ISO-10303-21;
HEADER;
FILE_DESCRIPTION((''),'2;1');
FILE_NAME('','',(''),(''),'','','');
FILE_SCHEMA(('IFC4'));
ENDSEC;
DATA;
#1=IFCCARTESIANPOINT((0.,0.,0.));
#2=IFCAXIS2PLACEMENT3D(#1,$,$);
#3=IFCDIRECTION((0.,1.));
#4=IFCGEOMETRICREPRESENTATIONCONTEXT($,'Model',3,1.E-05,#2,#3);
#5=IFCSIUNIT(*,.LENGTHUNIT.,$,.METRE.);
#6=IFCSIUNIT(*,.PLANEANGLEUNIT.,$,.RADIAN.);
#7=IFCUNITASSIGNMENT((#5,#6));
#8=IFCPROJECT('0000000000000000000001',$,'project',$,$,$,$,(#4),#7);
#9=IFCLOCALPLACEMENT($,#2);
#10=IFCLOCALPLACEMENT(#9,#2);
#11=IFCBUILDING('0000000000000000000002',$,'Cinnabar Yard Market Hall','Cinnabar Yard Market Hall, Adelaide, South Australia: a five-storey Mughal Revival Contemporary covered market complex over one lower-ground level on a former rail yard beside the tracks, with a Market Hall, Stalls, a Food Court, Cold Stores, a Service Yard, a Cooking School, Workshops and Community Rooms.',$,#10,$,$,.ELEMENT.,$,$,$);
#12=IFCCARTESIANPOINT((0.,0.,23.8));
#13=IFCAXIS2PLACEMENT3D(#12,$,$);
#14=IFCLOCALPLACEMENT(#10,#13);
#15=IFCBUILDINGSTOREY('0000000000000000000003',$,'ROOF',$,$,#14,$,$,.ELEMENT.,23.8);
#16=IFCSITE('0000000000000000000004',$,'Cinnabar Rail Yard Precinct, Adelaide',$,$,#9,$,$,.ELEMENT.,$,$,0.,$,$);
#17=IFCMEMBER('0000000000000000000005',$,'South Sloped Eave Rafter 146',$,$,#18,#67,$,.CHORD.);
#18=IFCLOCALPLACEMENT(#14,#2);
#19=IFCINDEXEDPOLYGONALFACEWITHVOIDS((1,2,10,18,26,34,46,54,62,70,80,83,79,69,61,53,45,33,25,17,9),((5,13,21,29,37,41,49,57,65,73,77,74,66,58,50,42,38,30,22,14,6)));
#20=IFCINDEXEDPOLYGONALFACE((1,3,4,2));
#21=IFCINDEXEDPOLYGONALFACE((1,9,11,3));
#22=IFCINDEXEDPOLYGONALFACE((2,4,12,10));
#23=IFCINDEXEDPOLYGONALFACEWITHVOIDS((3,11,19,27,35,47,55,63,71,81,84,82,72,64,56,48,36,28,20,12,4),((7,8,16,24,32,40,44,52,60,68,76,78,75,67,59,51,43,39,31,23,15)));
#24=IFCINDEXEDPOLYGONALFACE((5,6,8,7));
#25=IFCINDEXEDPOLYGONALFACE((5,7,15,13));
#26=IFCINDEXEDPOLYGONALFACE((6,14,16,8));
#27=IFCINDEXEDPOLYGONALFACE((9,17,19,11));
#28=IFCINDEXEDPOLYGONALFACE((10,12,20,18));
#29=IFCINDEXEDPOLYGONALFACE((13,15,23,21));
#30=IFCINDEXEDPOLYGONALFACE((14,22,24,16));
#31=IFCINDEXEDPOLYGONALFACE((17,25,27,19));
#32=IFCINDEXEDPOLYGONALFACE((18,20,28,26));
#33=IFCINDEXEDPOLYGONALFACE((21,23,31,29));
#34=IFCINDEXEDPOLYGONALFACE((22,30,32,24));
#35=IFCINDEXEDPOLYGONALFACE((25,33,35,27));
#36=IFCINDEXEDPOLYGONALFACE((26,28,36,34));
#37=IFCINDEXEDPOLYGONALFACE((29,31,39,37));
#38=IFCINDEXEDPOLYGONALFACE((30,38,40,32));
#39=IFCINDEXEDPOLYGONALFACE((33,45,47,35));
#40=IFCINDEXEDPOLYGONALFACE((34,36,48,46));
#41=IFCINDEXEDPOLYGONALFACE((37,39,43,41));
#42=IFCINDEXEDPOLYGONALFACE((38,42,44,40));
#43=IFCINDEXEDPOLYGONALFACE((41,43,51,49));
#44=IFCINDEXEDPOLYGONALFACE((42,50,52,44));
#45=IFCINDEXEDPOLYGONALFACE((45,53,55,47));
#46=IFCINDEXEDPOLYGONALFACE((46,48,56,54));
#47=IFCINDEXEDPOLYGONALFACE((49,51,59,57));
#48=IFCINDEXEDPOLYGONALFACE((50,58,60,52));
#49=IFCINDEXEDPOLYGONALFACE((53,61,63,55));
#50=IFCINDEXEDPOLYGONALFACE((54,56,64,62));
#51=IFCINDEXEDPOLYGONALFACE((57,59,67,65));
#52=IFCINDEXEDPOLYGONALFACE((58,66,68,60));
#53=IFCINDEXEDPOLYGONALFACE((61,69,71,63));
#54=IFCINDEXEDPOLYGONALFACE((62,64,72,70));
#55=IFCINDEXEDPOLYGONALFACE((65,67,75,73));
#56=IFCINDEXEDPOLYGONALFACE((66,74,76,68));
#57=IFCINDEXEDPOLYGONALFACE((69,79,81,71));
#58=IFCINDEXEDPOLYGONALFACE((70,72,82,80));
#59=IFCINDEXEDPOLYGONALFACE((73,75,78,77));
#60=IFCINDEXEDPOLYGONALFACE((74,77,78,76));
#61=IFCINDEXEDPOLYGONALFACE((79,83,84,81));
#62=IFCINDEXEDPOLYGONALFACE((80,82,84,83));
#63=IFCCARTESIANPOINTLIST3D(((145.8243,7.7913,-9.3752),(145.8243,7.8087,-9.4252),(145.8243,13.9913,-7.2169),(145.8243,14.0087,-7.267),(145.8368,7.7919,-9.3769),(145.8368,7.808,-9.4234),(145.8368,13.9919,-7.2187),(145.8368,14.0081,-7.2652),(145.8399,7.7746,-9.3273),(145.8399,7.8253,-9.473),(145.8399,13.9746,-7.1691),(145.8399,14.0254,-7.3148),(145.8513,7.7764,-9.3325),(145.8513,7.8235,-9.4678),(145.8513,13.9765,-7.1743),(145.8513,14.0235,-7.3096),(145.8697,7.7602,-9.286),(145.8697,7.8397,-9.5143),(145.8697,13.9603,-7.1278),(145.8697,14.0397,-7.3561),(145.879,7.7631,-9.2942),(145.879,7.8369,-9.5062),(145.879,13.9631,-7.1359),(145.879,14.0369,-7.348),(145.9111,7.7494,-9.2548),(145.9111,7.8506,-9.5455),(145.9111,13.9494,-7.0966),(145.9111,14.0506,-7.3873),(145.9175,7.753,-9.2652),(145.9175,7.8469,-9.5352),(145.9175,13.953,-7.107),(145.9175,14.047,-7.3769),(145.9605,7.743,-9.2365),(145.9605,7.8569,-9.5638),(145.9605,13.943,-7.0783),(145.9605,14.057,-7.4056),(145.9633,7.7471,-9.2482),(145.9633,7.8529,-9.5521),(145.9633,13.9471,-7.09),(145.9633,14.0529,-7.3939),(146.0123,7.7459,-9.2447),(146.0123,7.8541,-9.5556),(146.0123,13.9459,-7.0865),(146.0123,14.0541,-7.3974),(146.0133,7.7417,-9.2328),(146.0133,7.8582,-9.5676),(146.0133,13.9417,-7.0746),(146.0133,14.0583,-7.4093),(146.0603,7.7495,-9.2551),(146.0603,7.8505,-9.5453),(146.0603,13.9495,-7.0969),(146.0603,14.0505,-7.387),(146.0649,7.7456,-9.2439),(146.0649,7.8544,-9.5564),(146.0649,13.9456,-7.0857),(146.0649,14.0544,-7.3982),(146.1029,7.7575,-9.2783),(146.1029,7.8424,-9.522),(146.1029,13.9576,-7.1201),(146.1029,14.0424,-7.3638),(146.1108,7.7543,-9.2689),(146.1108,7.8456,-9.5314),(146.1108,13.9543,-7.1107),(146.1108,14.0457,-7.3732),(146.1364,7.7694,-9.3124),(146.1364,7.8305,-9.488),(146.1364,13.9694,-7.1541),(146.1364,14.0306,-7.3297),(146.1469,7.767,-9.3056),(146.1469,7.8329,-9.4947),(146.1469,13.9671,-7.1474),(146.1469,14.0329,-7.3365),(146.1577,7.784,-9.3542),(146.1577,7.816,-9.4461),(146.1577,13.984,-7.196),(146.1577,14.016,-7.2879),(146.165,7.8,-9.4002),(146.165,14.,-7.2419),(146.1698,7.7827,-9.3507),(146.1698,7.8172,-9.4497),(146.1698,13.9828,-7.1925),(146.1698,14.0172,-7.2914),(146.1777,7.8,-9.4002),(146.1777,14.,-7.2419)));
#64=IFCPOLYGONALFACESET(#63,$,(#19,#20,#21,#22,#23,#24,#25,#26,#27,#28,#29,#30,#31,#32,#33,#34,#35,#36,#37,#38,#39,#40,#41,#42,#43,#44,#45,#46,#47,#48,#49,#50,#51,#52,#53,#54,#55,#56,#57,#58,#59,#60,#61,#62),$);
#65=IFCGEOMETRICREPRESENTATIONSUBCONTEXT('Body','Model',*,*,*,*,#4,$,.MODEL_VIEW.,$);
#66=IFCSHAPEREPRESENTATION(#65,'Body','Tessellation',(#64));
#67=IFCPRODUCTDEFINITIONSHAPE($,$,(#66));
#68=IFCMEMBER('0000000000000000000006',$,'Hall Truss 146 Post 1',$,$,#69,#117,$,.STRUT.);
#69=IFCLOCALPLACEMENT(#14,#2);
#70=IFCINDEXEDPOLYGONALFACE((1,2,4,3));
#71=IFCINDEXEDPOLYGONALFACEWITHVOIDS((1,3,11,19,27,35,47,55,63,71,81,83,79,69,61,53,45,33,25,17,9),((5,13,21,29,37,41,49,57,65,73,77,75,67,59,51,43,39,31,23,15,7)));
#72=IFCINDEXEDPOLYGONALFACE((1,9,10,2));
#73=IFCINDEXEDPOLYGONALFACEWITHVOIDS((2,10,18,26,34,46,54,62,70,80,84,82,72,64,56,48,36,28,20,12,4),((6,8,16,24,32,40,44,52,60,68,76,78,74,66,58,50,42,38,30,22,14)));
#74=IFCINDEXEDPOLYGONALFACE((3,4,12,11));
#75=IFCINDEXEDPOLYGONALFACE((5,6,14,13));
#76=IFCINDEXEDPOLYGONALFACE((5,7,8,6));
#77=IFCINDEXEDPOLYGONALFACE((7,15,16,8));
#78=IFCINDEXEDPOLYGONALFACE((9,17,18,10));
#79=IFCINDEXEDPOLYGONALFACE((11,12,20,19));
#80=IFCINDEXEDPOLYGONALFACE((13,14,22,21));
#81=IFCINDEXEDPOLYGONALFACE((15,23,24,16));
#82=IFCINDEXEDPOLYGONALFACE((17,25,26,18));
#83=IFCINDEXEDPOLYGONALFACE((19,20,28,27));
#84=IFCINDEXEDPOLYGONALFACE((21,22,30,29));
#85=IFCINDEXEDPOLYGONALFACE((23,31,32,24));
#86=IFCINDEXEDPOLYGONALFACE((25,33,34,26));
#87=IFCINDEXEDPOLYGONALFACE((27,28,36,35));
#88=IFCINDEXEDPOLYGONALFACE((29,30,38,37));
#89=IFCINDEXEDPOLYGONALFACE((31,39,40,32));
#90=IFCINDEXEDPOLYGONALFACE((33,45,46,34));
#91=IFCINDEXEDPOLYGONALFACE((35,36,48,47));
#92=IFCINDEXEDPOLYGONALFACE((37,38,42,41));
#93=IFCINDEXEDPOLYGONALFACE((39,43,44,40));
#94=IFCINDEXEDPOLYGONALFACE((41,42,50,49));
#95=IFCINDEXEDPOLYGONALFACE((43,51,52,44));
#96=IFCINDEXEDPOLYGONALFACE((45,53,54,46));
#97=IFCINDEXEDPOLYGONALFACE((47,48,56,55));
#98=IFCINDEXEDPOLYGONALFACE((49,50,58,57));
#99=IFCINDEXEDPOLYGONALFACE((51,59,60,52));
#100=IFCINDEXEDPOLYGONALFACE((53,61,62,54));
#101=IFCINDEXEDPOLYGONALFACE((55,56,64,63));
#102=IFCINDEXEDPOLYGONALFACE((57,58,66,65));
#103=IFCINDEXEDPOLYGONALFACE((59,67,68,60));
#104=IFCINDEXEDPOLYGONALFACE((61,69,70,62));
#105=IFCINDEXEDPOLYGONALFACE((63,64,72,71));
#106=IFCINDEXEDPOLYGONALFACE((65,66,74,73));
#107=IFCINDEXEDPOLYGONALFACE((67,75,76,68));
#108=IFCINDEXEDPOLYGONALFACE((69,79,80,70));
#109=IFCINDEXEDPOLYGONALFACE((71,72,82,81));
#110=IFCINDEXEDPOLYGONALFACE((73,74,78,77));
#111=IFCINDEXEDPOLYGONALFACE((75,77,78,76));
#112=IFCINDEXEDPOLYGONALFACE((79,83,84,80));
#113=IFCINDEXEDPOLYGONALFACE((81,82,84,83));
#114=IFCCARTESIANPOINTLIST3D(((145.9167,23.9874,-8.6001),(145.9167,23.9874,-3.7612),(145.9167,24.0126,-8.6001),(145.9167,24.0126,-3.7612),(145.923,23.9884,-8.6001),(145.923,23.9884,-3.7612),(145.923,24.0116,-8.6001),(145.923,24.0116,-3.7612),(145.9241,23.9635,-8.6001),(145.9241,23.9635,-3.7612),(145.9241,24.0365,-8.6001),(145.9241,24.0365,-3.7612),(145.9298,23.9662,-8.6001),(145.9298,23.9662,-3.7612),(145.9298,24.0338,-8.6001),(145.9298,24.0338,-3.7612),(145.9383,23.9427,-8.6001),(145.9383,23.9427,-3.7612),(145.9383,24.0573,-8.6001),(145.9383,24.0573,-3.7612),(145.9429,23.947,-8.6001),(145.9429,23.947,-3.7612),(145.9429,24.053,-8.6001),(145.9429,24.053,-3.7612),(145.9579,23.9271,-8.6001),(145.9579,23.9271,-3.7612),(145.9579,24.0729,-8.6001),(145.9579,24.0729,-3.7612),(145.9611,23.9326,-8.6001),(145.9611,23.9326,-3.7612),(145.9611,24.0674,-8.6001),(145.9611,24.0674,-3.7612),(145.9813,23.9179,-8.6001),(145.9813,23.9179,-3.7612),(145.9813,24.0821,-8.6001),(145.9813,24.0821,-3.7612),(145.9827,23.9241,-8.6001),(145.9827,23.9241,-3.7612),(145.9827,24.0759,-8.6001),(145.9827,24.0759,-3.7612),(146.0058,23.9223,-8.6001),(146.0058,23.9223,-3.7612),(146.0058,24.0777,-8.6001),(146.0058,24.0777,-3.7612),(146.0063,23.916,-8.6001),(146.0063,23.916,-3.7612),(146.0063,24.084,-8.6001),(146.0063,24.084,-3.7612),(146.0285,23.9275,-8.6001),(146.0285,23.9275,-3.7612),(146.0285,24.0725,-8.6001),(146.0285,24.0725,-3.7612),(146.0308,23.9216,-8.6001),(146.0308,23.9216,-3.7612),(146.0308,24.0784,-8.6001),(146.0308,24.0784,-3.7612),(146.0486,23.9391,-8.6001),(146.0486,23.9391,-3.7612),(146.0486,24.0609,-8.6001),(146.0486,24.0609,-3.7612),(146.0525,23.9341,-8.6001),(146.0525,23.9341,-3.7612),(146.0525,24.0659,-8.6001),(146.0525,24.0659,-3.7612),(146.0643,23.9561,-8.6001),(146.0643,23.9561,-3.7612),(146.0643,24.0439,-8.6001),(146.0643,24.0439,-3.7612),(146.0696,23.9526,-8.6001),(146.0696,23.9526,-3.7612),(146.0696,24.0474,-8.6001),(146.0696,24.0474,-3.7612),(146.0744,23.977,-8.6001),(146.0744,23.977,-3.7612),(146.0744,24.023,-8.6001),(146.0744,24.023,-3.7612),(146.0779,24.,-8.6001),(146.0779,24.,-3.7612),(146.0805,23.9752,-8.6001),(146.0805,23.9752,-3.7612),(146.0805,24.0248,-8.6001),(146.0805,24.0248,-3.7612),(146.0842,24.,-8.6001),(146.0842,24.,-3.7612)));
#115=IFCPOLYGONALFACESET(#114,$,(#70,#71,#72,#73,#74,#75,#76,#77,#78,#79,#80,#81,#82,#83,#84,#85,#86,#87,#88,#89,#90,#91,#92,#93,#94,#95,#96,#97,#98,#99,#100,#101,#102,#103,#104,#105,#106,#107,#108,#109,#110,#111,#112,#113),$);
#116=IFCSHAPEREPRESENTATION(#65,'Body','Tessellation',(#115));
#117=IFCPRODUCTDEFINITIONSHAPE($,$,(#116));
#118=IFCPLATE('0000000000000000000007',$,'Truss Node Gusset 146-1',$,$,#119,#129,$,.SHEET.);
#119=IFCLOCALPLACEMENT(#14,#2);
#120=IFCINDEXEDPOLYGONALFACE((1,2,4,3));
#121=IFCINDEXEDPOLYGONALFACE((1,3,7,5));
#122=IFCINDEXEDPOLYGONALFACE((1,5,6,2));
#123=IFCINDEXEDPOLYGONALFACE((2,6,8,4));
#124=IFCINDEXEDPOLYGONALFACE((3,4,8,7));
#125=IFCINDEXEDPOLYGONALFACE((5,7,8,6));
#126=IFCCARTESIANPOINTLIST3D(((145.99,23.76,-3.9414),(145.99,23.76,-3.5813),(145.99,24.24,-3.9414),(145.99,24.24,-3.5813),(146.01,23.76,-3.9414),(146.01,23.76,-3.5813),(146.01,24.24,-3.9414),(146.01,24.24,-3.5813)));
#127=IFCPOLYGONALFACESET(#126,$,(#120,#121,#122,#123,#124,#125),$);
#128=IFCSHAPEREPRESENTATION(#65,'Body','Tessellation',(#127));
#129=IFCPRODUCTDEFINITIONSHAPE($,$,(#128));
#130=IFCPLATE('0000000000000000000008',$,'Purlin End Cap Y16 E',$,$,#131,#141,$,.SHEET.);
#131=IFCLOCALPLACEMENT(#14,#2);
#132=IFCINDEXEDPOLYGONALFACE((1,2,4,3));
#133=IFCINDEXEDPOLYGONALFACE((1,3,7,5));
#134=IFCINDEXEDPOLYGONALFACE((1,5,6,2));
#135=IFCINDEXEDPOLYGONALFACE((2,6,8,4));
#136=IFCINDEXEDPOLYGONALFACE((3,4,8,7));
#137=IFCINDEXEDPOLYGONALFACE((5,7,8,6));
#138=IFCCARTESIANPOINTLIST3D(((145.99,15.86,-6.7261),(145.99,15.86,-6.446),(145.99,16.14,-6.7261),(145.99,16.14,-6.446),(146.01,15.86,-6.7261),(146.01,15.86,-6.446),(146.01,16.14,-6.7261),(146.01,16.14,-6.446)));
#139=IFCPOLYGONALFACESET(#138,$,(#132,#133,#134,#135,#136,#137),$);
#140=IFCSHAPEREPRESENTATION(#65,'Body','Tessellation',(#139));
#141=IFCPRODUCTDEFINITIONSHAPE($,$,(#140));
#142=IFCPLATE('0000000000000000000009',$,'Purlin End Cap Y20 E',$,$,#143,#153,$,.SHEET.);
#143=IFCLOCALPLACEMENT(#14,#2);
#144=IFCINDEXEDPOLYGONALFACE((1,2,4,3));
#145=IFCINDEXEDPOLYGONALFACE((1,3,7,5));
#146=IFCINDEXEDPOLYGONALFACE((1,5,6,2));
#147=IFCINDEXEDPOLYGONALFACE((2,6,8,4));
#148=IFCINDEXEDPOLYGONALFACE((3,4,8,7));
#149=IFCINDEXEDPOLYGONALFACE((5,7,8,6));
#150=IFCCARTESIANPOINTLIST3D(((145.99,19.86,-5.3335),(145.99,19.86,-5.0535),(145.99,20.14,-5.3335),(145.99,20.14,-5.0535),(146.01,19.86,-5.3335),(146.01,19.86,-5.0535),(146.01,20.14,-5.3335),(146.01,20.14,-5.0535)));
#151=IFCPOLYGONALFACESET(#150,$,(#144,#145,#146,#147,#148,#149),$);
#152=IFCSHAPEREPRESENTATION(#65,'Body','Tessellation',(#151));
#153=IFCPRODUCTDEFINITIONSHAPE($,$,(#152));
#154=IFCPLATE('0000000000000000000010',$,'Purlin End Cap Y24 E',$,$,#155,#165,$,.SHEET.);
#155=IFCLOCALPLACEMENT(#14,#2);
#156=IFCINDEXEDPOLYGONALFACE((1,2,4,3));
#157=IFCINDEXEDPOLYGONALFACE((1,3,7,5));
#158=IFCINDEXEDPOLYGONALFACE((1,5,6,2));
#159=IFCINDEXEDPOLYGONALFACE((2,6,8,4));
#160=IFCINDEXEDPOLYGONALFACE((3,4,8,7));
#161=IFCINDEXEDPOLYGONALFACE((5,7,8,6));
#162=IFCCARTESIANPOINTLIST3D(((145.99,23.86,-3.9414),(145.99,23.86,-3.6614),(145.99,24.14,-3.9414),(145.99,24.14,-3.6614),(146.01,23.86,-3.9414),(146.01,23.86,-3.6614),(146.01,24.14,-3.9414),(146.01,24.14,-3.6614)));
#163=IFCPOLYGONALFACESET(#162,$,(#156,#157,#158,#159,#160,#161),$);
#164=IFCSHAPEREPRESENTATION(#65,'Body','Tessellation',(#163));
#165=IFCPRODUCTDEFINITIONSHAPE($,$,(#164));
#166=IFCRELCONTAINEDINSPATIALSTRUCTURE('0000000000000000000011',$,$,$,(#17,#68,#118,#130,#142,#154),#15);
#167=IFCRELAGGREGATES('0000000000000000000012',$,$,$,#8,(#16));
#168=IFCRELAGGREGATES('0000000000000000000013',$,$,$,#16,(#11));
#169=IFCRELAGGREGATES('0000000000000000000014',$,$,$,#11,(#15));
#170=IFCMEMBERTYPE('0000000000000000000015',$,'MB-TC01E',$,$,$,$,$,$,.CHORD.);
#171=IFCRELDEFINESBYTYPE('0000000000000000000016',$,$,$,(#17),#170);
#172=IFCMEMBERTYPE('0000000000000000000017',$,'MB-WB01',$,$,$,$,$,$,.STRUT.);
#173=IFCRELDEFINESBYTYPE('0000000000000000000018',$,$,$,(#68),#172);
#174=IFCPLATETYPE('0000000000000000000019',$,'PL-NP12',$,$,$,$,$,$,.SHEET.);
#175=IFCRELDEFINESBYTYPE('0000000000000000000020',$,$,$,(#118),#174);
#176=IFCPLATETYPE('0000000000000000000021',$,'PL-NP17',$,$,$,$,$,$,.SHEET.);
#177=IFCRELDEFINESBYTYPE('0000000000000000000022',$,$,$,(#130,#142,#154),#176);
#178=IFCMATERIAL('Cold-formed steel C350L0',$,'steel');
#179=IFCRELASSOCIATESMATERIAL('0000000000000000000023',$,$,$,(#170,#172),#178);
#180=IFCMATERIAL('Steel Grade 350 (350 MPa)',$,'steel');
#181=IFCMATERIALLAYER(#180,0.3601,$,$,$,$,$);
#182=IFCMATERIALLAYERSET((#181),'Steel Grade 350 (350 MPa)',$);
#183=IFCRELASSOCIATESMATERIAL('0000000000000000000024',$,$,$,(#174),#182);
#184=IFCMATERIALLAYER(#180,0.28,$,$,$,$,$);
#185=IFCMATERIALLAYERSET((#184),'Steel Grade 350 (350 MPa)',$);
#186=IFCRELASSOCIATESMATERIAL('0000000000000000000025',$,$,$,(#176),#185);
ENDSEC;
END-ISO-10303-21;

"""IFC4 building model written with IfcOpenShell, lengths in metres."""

from ifc_helpers import new_model, si_unit, direction, frame, origin, origin_2d_with_axis, place, context, subcontext, project, spatial, rectangle, hollow_circle, extrude, material, layer, layer_set, material_profile, profile_set, type_object, element, save


model = new_model("IFC4")

# Units and contexts
model_context = context("Model", 3, precision=1e-05, world=origin(), true_north=direction((0.0, 1.0)))
body_context = subcontext(model_context, "Body", "Model", "MODEL_VIEW")
ifc_project = project(units=[si_unit("LENGTHUNIT", "METRE"), si_unit("PLANEANGLEUNIT", "RADIAN")], contexts=[model_context])

# Site, building, storey
site_placement = place(None, origin())
site = spatial("IfcSite", under=ifc_project, at=site_placement, Name="Cinnabar Rail Yard Precinct, Adelaide", CompositionType="ELEMENT", RefElevation=0.0)
building_placement = place(site_placement, origin())
building = spatial("IfcBuilding", under=site, at=building_placement, Name="Cinnabar Yard Market Hall", Description="Cinnabar Yard Market Hall, Adelaide, South Australia: a five-storey Mughal Revival Contemporary covered market complex over one lower-ground level on a former rail yard beside the tracks, with a Market Hall, Stalls, a Food Court, Cold Stores, a Service Yard, a Cooking School, Workshops and Community Rooms.", CompositionType="ELEMENT")
storey_placement = place(building_placement, frame((0.0, 0.0, 23.8)))
storey = spatial("IfcBuildingStorey", under=building, at=storey_placement, Name="ROOF", CompositionType="ELEMENT", Elevation=23.8)

# Shared definitions
ifc_material_1 = material(Name="Steel Grade 350 (350 MPa)", Category="steel")
ifc_material_2 = material(Name="Cold-formed steel C350L0", Category="steel")

# Members
ifc_material_profile_1 = material_profile(ifc_material_2, hollow_circle(Radius=0.1777, WallThickness=0.0127, at=origin_2d_with_axis()), Name="355.6x12.7CHS")
ifc_profile_set_1 = profile_set([ifc_material_profile_1], Name="Cold-formed steel C350L0")
member_type_1 = type_object("IfcMemberType", Name="MB-TC01E", PredefinedType="CHORD", material=ifc_profile_set_1)
member_1_placement = place(storey_placement, frame((146.0, 14.0, -7.2419), z_axis=(0.0, -0.944416, -0.328751), x_axis=(1.0, 0.0, 0.0)))
element("IfcMember", 1, at=member_1_placement, inside=storey, type_object=member_type_1, Name="South Sloped Eave Rafter 146", PredefinedType="CHORD", context=body_context, shape_type="SweptSolid", body=[
    extrude(hollow_circle(Radius=0.1777, WallThickness=0.0127, at=origin_2d_with_axis()), origin(), (0.0, 0.0, 1.0), 6.5649),
])
ifc_material_profile_2 = material_profile(ifc_material_2, hollow_circle(Radius=0.0842, WallThickness=0.0063, at=origin_2d_with_axis()), Name="168.3x6.4CHS")
ifc_profile_set_2 = profile_set([ifc_material_profile_2], Name="Cold-formed steel C350L0")
member_type_2 = type_object("IfcMemberType", Name="MB-WB01", PredefinedType="STRUT", material=ifc_profile_set_2)
member_2_placement = place(storey_placement, frame((146.0, 24.0, -8.6001), z_axis=(0.0, 0.0, 1.0), x_axis=(1.0, 0.0, 0.0)))
element("IfcMember", 2, at=member_2_placement, inside=storey, type_object=member_type_2, Name="Hall Truss 146 Post 1", PredefinedType="STRUT", context=body_context, shape_type="SweptSolid", body=[
    extrude(hollow_circle(Radius=0.0842, WallThickness=0.0063, at=origin_2d_with_axis()), origin(), (0.0, 0.0, 1.0), 4.8389),
])

# Plates
ifc_layer_1 = layer(ifc_material_1, 0.3601)
ifc_layer_set_1 = layer_set([ifc_layer_1], Name="Steel Grade 350 (350 MPa)")
plate_type_1 = type_object("IfcPlateType", Name="PL-NP12", PredefinedType="SHEET", material=ifc_layer_set_1)
plate_placement = place(storey_placement, frame((146.0, 24.0, -3.9414), z_axis=(0.0, 0.0, 1.0), x_axis=(1.0, 0.0, 0.0)))
element("IfcPlate", 3, at=plate_placement, inside=storey, type_object=plate_type_1, Name="Truss Node Gusset 146-1", PredefinedType="SHEET", context=body_context, shape_type="SweptSolid", body=[
    extrude(rectangle(XDim=0.02, YDim=0.48, at=origin_2d_with_axis()), origin(), (0.0, 0.0, 1.0), 0.3601),
])
ifc_layer_2 = layer(ifc_material_1, 0.28)
ifc_layer_set_2 = layer_set([ifc_layer_2], Name="Steel Grade 350 (350 MPa)")
plate_type_2 = type_object("IfcPlateType", Name="PL-NP17", PredefinedType="SHEET", material=ifc_layer_set_2)
for number, where, z_axis, x_axis, name in (
    (4, (146.0, 16.0, -6.7261), (0.0, 0.0, 1.0), (1.0, 0.0, 0.0), "Purlin End Cap Y16 E"),
    (5, (146.0, 20.0, -5.3335), (0.0, 0.0, 1.0), (1.0, 0.0, 0.0), "Purlin End Cap Y20 E"),
    (6, (146.0, 24.0, -3.9414), (0.0, 0.0, 1.0), (1.0, 0.0, 0.0), "Purlin End Cap Y24 E"),
):
    element("IfcPlate", number, at=place(storey_placement, frame(where, z_axis=z_axis, x_axis=x_axis)), inside=storey, type_object=plate_type_2, Name=name, PredefinedType="SHEET", context=body_context, shape_type="SweptSolid", body=[
        extrude(rectangle(XDim=0.02, YDim=0.28, at=origin_2d_with_axis()), origin(), (0.0, 0.0, 1.0), 0.28),
    ])

save(model, "model.ifc")
